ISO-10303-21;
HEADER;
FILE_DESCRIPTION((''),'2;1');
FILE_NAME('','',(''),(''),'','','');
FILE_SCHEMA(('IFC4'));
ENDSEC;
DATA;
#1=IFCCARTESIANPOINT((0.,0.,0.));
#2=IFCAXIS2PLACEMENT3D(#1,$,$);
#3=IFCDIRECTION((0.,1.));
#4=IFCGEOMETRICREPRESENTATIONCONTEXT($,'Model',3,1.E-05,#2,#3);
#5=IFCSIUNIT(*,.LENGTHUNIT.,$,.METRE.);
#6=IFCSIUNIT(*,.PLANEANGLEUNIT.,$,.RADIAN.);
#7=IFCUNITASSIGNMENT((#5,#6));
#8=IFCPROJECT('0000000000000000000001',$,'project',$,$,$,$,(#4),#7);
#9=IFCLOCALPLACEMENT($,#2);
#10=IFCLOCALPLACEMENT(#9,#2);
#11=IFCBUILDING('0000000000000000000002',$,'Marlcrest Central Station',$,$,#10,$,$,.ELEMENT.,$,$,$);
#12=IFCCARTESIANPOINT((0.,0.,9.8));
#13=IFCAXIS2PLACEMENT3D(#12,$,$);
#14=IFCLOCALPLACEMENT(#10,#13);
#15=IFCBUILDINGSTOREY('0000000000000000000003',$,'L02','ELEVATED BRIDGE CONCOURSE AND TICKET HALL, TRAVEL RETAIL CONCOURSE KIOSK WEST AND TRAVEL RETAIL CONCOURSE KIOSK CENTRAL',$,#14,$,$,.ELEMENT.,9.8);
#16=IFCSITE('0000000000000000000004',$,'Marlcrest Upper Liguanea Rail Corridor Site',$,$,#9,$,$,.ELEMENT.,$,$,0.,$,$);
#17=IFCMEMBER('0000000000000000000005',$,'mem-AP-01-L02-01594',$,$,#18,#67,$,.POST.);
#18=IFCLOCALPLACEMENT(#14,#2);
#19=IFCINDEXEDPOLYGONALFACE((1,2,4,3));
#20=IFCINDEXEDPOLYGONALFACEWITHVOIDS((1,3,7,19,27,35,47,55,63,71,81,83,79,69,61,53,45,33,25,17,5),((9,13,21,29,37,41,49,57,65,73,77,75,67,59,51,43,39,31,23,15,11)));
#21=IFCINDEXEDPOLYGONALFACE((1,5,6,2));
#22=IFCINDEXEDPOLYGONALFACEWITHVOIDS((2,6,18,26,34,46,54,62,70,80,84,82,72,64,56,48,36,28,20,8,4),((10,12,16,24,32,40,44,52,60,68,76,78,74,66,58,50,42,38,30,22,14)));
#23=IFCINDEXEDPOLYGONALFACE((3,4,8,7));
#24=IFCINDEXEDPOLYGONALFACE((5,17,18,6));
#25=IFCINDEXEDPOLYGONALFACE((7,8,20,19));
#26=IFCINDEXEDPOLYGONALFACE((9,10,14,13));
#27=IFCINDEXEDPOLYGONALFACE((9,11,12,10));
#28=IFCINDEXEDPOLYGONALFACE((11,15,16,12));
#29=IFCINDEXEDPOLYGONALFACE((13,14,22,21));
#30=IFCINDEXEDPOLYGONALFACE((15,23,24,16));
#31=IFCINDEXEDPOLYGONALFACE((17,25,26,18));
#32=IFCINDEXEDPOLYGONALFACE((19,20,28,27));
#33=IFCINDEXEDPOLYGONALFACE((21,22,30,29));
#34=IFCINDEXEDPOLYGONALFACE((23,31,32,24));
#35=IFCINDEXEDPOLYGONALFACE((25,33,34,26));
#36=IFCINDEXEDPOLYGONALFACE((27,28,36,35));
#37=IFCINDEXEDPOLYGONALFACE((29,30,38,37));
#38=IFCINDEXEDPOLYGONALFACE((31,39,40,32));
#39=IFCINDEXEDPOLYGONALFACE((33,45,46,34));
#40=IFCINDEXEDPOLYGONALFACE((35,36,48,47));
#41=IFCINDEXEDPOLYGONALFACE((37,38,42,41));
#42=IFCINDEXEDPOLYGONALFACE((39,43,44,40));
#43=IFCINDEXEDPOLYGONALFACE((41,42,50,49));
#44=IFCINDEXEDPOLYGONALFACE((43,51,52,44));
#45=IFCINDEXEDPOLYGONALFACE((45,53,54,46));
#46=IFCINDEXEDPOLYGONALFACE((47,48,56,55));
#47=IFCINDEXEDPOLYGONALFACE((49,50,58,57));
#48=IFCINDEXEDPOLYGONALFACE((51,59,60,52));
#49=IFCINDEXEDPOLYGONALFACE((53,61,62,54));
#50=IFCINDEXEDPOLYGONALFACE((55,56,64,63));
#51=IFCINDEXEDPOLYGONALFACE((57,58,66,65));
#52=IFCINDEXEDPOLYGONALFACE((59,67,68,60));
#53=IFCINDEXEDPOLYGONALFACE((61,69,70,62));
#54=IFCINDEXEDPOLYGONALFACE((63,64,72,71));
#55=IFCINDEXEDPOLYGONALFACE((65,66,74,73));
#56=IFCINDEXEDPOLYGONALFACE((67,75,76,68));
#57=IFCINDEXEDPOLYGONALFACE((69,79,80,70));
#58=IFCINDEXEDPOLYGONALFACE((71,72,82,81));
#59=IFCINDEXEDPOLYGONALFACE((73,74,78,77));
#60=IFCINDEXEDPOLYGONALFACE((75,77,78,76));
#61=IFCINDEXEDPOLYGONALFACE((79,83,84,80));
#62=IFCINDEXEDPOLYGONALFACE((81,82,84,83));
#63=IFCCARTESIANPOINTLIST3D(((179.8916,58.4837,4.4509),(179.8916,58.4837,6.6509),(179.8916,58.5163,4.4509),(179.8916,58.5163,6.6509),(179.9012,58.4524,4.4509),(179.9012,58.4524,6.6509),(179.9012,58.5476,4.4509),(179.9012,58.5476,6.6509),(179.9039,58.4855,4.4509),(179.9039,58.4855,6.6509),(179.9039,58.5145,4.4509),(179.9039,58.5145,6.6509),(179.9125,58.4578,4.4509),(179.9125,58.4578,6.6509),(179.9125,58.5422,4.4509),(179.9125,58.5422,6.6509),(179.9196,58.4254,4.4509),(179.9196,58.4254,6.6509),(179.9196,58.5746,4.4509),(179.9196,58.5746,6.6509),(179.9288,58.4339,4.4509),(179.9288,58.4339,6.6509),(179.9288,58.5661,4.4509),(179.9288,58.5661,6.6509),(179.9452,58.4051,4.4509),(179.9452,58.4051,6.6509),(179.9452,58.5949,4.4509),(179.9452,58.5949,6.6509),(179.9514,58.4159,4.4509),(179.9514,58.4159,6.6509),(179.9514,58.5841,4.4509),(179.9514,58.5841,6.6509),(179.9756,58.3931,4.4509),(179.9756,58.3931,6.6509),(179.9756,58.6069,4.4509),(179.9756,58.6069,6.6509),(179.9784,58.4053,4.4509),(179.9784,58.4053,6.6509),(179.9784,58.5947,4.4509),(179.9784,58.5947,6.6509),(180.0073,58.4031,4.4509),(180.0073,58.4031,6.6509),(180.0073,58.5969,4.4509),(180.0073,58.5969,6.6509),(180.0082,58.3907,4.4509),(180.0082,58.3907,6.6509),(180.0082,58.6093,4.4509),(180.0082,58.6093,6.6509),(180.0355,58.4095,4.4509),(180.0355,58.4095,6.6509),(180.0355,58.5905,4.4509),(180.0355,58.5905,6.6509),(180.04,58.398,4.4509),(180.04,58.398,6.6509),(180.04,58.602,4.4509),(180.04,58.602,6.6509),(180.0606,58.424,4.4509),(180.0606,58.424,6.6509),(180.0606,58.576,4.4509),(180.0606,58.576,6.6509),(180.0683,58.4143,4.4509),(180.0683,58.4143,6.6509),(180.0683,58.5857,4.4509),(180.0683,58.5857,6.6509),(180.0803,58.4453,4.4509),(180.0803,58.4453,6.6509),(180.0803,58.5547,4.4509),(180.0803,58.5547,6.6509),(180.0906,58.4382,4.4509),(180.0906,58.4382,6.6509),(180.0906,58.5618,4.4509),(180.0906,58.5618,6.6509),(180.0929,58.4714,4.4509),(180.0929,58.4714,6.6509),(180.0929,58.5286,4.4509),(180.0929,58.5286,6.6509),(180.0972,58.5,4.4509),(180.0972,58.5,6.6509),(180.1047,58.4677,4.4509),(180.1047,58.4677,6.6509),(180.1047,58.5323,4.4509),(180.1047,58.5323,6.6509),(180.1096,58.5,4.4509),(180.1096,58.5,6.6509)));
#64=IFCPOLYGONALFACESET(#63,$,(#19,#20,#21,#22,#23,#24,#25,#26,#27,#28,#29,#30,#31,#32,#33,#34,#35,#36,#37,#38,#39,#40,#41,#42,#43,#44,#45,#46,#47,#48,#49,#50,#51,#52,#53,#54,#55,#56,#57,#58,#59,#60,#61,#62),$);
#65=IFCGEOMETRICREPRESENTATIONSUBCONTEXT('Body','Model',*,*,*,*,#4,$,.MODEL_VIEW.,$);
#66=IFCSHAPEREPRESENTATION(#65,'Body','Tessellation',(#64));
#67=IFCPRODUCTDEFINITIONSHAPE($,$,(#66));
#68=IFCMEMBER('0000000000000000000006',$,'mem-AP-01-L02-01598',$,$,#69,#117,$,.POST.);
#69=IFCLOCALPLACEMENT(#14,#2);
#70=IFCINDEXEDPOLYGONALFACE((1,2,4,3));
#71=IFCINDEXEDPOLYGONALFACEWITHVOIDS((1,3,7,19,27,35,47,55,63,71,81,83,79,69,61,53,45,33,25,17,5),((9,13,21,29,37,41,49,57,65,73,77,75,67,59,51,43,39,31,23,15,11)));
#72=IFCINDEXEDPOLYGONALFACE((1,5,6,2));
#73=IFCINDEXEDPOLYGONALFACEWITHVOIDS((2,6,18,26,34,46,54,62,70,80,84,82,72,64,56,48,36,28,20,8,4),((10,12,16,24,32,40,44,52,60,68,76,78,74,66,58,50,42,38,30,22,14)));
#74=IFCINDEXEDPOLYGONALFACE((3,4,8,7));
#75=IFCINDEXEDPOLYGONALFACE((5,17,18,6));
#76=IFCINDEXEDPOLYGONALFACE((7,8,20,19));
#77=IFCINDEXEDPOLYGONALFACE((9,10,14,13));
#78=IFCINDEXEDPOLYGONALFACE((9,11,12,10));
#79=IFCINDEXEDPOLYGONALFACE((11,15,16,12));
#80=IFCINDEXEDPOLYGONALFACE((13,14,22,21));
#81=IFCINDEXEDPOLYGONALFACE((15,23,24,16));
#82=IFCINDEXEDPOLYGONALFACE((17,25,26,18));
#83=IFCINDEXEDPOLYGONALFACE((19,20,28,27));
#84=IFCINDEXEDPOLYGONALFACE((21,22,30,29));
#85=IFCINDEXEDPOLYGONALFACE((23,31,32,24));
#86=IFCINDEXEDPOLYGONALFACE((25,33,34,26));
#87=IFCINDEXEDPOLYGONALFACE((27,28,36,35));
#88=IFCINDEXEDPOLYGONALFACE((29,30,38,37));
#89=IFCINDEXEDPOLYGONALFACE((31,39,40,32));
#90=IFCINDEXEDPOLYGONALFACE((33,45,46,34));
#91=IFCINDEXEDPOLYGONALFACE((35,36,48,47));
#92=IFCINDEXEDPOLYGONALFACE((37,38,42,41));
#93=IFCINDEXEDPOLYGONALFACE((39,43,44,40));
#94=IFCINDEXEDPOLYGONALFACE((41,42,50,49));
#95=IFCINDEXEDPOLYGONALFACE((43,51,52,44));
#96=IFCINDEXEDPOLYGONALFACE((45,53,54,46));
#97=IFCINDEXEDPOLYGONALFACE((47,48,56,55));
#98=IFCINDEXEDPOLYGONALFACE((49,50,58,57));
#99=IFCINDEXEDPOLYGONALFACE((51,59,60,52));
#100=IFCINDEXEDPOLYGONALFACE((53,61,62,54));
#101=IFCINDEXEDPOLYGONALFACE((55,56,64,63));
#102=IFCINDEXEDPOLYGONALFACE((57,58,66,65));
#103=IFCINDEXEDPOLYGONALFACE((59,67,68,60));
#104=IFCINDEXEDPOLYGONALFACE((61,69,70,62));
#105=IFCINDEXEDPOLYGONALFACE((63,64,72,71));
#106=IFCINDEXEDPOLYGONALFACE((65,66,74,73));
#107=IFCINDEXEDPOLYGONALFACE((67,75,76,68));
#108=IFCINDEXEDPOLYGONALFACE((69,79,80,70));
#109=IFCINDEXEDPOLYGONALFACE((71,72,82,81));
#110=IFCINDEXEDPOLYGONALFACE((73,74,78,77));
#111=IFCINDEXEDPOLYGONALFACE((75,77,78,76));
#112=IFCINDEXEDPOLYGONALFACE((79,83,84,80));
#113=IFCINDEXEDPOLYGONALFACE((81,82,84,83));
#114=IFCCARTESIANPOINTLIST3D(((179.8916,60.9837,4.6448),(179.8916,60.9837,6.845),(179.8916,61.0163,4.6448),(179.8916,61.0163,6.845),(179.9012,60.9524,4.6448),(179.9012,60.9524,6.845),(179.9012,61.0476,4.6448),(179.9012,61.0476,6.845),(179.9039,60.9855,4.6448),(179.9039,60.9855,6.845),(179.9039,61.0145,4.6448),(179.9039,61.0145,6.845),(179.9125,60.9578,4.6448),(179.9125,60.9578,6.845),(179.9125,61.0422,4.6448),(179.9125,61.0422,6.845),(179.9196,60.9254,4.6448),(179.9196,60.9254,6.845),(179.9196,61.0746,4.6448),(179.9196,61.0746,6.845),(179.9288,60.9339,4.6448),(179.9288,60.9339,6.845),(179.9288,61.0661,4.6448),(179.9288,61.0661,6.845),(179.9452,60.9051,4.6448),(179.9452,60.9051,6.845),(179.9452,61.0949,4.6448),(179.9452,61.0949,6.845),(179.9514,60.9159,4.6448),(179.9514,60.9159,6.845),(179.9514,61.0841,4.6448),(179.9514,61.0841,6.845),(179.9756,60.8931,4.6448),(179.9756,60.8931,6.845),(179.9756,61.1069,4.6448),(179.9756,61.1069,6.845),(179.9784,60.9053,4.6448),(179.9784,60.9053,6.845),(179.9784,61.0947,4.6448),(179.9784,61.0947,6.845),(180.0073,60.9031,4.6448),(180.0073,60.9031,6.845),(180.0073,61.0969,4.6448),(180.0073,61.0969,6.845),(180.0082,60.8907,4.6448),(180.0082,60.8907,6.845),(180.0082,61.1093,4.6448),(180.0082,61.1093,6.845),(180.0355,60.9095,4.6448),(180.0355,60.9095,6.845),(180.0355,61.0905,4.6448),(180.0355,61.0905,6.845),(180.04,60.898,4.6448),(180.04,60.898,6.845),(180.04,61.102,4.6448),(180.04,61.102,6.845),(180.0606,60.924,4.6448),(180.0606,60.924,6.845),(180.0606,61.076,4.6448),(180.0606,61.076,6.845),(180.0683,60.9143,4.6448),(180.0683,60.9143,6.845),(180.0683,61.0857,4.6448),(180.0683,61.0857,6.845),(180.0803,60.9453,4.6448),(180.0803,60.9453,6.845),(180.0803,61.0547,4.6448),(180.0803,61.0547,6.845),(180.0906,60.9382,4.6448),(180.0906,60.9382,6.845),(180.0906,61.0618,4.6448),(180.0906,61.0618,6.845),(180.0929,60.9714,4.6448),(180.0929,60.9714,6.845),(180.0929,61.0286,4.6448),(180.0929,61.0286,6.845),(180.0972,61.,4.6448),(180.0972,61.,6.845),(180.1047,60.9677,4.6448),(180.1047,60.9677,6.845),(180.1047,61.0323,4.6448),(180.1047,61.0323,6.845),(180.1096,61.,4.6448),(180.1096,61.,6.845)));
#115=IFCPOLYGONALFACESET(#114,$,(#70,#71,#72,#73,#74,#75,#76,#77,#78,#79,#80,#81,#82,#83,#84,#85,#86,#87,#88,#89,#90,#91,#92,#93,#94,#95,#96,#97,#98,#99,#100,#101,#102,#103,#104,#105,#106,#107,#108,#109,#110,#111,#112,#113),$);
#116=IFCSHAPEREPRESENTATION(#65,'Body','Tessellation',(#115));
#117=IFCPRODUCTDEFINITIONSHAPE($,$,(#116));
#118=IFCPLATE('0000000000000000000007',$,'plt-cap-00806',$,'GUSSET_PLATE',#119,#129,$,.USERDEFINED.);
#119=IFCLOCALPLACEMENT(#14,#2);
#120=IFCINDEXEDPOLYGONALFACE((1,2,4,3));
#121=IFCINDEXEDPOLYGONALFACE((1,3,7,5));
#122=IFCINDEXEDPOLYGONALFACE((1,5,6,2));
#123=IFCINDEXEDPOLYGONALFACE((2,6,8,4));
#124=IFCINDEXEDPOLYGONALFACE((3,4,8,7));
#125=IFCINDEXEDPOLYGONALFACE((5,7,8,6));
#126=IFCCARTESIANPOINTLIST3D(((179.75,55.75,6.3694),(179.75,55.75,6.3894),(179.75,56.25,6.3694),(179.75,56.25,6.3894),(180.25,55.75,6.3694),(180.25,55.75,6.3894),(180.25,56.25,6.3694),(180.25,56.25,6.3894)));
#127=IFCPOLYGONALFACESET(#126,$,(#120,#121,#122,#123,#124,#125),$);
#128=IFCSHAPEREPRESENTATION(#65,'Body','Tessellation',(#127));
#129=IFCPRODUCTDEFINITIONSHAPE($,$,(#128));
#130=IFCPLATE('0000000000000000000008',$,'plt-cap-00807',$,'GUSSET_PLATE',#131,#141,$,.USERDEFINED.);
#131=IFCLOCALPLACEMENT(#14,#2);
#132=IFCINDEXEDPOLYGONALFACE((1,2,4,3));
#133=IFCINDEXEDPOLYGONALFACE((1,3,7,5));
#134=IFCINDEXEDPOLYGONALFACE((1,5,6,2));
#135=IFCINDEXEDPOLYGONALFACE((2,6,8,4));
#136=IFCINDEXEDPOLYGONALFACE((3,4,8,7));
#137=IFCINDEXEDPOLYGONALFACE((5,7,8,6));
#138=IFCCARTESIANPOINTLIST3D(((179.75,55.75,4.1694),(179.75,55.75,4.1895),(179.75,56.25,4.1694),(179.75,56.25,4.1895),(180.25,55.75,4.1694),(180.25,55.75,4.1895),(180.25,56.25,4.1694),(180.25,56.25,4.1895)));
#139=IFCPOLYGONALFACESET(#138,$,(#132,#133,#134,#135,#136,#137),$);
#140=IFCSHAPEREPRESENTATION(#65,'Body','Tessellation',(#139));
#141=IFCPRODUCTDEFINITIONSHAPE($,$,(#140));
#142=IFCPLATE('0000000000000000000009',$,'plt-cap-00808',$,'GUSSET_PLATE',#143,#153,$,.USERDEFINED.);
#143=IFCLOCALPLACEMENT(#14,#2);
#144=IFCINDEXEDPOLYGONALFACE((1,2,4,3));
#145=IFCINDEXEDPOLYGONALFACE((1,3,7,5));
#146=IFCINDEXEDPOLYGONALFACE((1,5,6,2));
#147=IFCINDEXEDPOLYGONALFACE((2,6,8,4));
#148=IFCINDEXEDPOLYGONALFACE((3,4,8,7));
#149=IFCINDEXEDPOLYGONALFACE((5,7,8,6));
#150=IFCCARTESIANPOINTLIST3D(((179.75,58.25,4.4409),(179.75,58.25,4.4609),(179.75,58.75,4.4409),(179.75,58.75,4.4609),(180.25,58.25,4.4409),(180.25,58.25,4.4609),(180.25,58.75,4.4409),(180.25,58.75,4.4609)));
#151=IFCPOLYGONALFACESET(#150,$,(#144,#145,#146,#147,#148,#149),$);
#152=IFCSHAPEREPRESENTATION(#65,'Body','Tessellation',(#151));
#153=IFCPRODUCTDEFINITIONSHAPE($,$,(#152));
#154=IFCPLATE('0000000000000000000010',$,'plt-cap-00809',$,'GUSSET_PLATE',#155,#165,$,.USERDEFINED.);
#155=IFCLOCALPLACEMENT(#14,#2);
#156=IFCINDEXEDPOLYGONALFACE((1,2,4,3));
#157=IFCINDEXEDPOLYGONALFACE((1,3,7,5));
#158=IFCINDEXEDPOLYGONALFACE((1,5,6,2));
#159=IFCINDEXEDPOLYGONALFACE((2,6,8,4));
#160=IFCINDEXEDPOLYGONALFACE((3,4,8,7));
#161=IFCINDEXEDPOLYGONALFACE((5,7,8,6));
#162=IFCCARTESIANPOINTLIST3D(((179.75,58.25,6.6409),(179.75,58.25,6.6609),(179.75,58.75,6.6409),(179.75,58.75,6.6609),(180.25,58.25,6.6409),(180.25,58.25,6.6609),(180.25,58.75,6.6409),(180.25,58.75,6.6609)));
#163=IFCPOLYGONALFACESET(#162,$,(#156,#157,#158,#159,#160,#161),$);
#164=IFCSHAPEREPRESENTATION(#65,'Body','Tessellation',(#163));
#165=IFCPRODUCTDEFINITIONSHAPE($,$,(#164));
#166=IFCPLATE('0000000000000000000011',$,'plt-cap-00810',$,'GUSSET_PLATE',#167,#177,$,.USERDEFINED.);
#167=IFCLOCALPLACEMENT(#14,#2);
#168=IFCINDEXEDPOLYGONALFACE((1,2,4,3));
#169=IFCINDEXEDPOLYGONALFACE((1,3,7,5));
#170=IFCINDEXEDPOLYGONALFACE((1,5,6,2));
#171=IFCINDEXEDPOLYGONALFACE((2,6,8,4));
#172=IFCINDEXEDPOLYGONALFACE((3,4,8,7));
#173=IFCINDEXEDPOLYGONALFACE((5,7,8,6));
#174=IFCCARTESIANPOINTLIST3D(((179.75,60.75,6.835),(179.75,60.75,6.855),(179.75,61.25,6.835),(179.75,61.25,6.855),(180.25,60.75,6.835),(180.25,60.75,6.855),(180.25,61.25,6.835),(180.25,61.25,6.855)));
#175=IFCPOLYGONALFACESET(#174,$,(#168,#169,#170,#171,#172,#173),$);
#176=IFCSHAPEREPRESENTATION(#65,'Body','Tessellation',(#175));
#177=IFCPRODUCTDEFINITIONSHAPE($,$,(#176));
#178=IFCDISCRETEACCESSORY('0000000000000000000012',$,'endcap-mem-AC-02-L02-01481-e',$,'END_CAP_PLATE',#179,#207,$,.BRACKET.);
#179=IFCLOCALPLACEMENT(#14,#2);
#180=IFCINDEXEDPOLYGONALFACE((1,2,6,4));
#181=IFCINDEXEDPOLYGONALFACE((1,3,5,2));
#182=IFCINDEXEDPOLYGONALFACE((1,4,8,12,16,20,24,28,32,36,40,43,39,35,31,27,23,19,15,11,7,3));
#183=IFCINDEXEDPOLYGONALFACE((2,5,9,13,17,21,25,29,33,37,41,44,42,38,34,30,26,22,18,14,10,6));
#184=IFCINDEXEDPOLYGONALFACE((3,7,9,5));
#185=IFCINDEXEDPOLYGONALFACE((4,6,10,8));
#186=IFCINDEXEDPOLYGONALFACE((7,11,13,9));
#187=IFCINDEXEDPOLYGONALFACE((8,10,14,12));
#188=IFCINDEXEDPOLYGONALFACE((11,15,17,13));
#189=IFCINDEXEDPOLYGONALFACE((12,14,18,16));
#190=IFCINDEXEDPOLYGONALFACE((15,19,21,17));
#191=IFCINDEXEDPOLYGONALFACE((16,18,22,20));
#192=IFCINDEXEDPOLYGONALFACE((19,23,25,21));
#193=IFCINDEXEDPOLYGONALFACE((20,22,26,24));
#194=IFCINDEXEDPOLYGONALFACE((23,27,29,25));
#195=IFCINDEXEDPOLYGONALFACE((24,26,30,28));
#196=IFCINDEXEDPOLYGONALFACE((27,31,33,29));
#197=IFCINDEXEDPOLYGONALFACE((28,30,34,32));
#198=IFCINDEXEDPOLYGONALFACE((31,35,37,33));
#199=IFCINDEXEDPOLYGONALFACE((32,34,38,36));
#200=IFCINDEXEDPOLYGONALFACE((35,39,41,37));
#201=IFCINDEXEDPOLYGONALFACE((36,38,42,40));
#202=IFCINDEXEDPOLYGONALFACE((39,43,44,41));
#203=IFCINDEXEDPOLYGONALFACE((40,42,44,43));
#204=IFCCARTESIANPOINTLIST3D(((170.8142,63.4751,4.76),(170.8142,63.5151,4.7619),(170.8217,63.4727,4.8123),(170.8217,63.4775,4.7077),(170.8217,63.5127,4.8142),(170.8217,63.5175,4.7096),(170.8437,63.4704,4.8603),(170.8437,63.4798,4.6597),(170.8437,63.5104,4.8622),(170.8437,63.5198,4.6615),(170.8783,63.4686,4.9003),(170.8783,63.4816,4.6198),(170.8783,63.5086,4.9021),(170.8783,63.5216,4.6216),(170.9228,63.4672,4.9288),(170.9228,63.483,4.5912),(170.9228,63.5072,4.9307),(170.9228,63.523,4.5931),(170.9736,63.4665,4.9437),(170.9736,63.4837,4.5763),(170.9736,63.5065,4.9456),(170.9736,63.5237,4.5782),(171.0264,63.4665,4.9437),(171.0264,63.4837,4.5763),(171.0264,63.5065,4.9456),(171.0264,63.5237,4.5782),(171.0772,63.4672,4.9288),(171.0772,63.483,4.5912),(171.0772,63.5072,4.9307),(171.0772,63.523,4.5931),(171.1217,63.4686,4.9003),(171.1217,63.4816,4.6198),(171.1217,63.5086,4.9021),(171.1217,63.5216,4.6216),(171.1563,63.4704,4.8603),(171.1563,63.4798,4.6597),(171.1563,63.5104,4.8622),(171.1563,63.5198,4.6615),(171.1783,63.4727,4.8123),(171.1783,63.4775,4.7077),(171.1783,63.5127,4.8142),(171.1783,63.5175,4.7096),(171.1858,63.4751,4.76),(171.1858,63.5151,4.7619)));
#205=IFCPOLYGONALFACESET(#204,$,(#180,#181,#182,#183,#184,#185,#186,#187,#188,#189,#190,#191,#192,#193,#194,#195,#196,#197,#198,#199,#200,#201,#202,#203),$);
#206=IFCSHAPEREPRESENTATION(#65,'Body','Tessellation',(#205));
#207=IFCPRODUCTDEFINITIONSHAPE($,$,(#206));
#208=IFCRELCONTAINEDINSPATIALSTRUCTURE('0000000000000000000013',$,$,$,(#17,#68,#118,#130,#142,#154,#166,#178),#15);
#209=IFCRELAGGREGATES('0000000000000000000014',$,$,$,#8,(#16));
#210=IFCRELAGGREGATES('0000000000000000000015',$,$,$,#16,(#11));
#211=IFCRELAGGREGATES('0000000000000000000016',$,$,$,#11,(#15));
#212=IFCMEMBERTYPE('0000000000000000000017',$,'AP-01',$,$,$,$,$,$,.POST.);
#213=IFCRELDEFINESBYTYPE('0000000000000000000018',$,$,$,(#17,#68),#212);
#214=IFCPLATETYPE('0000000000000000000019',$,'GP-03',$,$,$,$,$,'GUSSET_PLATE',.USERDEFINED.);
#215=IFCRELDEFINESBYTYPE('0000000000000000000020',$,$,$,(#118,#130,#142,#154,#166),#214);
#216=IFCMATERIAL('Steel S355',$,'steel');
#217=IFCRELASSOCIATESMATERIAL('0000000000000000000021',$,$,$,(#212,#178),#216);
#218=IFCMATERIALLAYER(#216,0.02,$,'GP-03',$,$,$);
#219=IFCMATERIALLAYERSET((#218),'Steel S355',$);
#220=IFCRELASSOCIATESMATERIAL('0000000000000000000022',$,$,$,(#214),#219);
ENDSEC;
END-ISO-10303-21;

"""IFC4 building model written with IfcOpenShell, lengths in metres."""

from ifc_helpers import new_model, si_unit, direction, frame, origin, origin_2d, place, context, subcontext, project, spatial, rectangle, circle, hollow_circle, extrude, material, layer, layer_set, material_profile, profile_set, type_object, element, save


model = new_model("IFC4")

# Units and contexts
model_context = context("Model", 3, precision=1e-05, world=origin(), true_north=direction((0.0, 1.0)))
body_context = subcontext(model_context, "Body", "Model", "MODEL_VIEW")
ifc_project = project(units=[si_unit("LENGTHUNIT", "METRE"), si_unit("PLANEANGLEUNIT", "RADIAN")], contexts=[model_context])

# Site, building, storey
site_placement = place(None, origin())
site = spatial("IfcSite", under=ifc_project, at=site_placement, Name="Marlcrest Upper Liguanea Rail Corridor Site", CompositionType="ELEMENT", RefElevation=0.0)
building_placement = place(site_placement, origin())
building = spatial("IfcBuilding", under=site, at=building_placement, Name="Marlcrest Central Station", CompositionType="ELEMENT")
storey_placement = place(building_placement, frame((0.0, 0.0, 9.8)))
storey = spatial("IfcBuildingStorey", under=building, at=storey_placement, Name="L02", Description="ELEVATED BRIDGE CONCOURSE AND TICKET HALL, TRAVEL RETAIL CONCOURSE KIOSK WEST AND TRAVEL RETAIL CONCOURSE KIOSK CENTRAL", CompositionType="ELEMENT", Elevation=9.8)

# Members
ifc_material = material(Name="Steel S355", Category="steel")
ifc_material_profile_1 = material_profile(ifc_material, hollow_circle(Radius=0.1096, WallThickness=0.0125, at=origin_2d()), Name="CHS 219.1x12.5")
ifc_profile_set_1 = profile_set([ifc_material_profile_1], Name="Steel S355")
member_type_1 = type_object("IfcMemberType", Name="AP-01", PredefinedType="POST", material=ifc_profile_set_1)
for number, where, z_axis, x_axis, name in (
    (1, (180.0, 58.5, 4.4509), (0.0, 0.0, 1.0), (1.0, 0.0, 0.0), "mem-AP-01-L02-01594"),
):
    element("IfcMember", number, at=place(storey_placement, frame(where, z_axis=z_axis, x_axis=x_axis)), inside=storey, type_object=member_type_1, Name=name, PredefinedType="POST", context=body_context, shape_type="SweptSolid", body=[
        extrude(hollow_circle(Radius=0.1096, WallThickness=0.0125, at=origin_2d()), origin(), (0.0, 0.0, 1.0), 2.2),
    ])
member_1_placement = place(storey_placement, frame((180.0, 61.0, 4.6448), z_axis=(0.0, 0.0, 1.0), x_axis=(1.0, 0.0, 0.0)))
element("IfcMember", 2, at=member_1_placement, inside=storey, type_object=member_type_1, Name="mem-AP-01-L02-01598", PredefinedType="POST", context=body_context, shape_type="SweptSolid", body=[
    extrude(hollow_circle(Radius=0.1096, WallThickness=0.0125, at=origin_2d()), origin(), (0.0, 0.0, 1.0), 2.2002),
])

# Plates
ifc_layer = layer(ifc_material, 0.02, Name="GP-03")
ifc_layer_set = layer_set([ifc_layer], Name="Steel S355")
plate_type = type_object("IfcPlateType", Name="GP-03", ElementType="GUSSET_PLATE", PredefinedType="USERDEFINED", material=ifc_layer_set)
for number, where, z_axis, x_axis, name in (
    (3, (180.0, 56.0, 6.3694), (0.0, 0.0, 1.0), (1.0, 0.0, 0.0), "plt-cap-00806"),
    (4, (180.0, 56.0, 4.1694), (0.0, 0.0, 1.0), (1.0, 0.0, 0.0), "plt-cap-00807"),
    (5, (180.0, 58.5, 4.4409), (0.0, 0.0, 1.0), (1.0, 0.0, 0.0), "plt-cap-00808"),
    (6, (180.0, 58.5, 6.6409), (0.0, 0.0, 1.0), (1.0, 0.0, 0.0), "plt-cap-00809"),
    (7, (180.0, 61.0, 6.835), (0.0, 0.0, 1.0), (1.0, 0.0, 0.0), "plt-cap-00810"),
):
    element("IfcPlate", number, at=place(storey_placement, frame(where, z_axis=z_axis, x_axis=x_axis)), inside=storey, type_object=plate_type, Name=name, ObjectType="GUSSET_PLATE", PredefinedType="USERDEFINED", context=body_context, shape_type="SweptSolid", body=[
        extrude(rectangle(XDim=0.5, YDim=0.5, at=origin_2d()), origin(), (0.0, 0.0, 1.0), 0.02),
    ])

# Discrete accessory
discrete_accessory_1_placement = place(storey_placement, frame((171.0, 63.4751, 4.76), z_axis=(0.0, 0.998917, 0.046532), x_axis=(-1.0, 0.0, 0.0)))
element("IfcDiscreteAccessory", 8, at=discrete_accessory_1_placement, inside=storey, material=ifc_material, Name="endcap-mem-AC-02-L02-01481-e", ObjectType="END_CAP_PLATE", PredefinedType="BRACKET", context=body_context, shape_type="SweptSolid", body=[
    extrude(circle(Radius=0.1858, at=origin_2d()), origin(), (0.0, 0.0, 1.0), 0.04),
])

save(model, "model.ifc")
